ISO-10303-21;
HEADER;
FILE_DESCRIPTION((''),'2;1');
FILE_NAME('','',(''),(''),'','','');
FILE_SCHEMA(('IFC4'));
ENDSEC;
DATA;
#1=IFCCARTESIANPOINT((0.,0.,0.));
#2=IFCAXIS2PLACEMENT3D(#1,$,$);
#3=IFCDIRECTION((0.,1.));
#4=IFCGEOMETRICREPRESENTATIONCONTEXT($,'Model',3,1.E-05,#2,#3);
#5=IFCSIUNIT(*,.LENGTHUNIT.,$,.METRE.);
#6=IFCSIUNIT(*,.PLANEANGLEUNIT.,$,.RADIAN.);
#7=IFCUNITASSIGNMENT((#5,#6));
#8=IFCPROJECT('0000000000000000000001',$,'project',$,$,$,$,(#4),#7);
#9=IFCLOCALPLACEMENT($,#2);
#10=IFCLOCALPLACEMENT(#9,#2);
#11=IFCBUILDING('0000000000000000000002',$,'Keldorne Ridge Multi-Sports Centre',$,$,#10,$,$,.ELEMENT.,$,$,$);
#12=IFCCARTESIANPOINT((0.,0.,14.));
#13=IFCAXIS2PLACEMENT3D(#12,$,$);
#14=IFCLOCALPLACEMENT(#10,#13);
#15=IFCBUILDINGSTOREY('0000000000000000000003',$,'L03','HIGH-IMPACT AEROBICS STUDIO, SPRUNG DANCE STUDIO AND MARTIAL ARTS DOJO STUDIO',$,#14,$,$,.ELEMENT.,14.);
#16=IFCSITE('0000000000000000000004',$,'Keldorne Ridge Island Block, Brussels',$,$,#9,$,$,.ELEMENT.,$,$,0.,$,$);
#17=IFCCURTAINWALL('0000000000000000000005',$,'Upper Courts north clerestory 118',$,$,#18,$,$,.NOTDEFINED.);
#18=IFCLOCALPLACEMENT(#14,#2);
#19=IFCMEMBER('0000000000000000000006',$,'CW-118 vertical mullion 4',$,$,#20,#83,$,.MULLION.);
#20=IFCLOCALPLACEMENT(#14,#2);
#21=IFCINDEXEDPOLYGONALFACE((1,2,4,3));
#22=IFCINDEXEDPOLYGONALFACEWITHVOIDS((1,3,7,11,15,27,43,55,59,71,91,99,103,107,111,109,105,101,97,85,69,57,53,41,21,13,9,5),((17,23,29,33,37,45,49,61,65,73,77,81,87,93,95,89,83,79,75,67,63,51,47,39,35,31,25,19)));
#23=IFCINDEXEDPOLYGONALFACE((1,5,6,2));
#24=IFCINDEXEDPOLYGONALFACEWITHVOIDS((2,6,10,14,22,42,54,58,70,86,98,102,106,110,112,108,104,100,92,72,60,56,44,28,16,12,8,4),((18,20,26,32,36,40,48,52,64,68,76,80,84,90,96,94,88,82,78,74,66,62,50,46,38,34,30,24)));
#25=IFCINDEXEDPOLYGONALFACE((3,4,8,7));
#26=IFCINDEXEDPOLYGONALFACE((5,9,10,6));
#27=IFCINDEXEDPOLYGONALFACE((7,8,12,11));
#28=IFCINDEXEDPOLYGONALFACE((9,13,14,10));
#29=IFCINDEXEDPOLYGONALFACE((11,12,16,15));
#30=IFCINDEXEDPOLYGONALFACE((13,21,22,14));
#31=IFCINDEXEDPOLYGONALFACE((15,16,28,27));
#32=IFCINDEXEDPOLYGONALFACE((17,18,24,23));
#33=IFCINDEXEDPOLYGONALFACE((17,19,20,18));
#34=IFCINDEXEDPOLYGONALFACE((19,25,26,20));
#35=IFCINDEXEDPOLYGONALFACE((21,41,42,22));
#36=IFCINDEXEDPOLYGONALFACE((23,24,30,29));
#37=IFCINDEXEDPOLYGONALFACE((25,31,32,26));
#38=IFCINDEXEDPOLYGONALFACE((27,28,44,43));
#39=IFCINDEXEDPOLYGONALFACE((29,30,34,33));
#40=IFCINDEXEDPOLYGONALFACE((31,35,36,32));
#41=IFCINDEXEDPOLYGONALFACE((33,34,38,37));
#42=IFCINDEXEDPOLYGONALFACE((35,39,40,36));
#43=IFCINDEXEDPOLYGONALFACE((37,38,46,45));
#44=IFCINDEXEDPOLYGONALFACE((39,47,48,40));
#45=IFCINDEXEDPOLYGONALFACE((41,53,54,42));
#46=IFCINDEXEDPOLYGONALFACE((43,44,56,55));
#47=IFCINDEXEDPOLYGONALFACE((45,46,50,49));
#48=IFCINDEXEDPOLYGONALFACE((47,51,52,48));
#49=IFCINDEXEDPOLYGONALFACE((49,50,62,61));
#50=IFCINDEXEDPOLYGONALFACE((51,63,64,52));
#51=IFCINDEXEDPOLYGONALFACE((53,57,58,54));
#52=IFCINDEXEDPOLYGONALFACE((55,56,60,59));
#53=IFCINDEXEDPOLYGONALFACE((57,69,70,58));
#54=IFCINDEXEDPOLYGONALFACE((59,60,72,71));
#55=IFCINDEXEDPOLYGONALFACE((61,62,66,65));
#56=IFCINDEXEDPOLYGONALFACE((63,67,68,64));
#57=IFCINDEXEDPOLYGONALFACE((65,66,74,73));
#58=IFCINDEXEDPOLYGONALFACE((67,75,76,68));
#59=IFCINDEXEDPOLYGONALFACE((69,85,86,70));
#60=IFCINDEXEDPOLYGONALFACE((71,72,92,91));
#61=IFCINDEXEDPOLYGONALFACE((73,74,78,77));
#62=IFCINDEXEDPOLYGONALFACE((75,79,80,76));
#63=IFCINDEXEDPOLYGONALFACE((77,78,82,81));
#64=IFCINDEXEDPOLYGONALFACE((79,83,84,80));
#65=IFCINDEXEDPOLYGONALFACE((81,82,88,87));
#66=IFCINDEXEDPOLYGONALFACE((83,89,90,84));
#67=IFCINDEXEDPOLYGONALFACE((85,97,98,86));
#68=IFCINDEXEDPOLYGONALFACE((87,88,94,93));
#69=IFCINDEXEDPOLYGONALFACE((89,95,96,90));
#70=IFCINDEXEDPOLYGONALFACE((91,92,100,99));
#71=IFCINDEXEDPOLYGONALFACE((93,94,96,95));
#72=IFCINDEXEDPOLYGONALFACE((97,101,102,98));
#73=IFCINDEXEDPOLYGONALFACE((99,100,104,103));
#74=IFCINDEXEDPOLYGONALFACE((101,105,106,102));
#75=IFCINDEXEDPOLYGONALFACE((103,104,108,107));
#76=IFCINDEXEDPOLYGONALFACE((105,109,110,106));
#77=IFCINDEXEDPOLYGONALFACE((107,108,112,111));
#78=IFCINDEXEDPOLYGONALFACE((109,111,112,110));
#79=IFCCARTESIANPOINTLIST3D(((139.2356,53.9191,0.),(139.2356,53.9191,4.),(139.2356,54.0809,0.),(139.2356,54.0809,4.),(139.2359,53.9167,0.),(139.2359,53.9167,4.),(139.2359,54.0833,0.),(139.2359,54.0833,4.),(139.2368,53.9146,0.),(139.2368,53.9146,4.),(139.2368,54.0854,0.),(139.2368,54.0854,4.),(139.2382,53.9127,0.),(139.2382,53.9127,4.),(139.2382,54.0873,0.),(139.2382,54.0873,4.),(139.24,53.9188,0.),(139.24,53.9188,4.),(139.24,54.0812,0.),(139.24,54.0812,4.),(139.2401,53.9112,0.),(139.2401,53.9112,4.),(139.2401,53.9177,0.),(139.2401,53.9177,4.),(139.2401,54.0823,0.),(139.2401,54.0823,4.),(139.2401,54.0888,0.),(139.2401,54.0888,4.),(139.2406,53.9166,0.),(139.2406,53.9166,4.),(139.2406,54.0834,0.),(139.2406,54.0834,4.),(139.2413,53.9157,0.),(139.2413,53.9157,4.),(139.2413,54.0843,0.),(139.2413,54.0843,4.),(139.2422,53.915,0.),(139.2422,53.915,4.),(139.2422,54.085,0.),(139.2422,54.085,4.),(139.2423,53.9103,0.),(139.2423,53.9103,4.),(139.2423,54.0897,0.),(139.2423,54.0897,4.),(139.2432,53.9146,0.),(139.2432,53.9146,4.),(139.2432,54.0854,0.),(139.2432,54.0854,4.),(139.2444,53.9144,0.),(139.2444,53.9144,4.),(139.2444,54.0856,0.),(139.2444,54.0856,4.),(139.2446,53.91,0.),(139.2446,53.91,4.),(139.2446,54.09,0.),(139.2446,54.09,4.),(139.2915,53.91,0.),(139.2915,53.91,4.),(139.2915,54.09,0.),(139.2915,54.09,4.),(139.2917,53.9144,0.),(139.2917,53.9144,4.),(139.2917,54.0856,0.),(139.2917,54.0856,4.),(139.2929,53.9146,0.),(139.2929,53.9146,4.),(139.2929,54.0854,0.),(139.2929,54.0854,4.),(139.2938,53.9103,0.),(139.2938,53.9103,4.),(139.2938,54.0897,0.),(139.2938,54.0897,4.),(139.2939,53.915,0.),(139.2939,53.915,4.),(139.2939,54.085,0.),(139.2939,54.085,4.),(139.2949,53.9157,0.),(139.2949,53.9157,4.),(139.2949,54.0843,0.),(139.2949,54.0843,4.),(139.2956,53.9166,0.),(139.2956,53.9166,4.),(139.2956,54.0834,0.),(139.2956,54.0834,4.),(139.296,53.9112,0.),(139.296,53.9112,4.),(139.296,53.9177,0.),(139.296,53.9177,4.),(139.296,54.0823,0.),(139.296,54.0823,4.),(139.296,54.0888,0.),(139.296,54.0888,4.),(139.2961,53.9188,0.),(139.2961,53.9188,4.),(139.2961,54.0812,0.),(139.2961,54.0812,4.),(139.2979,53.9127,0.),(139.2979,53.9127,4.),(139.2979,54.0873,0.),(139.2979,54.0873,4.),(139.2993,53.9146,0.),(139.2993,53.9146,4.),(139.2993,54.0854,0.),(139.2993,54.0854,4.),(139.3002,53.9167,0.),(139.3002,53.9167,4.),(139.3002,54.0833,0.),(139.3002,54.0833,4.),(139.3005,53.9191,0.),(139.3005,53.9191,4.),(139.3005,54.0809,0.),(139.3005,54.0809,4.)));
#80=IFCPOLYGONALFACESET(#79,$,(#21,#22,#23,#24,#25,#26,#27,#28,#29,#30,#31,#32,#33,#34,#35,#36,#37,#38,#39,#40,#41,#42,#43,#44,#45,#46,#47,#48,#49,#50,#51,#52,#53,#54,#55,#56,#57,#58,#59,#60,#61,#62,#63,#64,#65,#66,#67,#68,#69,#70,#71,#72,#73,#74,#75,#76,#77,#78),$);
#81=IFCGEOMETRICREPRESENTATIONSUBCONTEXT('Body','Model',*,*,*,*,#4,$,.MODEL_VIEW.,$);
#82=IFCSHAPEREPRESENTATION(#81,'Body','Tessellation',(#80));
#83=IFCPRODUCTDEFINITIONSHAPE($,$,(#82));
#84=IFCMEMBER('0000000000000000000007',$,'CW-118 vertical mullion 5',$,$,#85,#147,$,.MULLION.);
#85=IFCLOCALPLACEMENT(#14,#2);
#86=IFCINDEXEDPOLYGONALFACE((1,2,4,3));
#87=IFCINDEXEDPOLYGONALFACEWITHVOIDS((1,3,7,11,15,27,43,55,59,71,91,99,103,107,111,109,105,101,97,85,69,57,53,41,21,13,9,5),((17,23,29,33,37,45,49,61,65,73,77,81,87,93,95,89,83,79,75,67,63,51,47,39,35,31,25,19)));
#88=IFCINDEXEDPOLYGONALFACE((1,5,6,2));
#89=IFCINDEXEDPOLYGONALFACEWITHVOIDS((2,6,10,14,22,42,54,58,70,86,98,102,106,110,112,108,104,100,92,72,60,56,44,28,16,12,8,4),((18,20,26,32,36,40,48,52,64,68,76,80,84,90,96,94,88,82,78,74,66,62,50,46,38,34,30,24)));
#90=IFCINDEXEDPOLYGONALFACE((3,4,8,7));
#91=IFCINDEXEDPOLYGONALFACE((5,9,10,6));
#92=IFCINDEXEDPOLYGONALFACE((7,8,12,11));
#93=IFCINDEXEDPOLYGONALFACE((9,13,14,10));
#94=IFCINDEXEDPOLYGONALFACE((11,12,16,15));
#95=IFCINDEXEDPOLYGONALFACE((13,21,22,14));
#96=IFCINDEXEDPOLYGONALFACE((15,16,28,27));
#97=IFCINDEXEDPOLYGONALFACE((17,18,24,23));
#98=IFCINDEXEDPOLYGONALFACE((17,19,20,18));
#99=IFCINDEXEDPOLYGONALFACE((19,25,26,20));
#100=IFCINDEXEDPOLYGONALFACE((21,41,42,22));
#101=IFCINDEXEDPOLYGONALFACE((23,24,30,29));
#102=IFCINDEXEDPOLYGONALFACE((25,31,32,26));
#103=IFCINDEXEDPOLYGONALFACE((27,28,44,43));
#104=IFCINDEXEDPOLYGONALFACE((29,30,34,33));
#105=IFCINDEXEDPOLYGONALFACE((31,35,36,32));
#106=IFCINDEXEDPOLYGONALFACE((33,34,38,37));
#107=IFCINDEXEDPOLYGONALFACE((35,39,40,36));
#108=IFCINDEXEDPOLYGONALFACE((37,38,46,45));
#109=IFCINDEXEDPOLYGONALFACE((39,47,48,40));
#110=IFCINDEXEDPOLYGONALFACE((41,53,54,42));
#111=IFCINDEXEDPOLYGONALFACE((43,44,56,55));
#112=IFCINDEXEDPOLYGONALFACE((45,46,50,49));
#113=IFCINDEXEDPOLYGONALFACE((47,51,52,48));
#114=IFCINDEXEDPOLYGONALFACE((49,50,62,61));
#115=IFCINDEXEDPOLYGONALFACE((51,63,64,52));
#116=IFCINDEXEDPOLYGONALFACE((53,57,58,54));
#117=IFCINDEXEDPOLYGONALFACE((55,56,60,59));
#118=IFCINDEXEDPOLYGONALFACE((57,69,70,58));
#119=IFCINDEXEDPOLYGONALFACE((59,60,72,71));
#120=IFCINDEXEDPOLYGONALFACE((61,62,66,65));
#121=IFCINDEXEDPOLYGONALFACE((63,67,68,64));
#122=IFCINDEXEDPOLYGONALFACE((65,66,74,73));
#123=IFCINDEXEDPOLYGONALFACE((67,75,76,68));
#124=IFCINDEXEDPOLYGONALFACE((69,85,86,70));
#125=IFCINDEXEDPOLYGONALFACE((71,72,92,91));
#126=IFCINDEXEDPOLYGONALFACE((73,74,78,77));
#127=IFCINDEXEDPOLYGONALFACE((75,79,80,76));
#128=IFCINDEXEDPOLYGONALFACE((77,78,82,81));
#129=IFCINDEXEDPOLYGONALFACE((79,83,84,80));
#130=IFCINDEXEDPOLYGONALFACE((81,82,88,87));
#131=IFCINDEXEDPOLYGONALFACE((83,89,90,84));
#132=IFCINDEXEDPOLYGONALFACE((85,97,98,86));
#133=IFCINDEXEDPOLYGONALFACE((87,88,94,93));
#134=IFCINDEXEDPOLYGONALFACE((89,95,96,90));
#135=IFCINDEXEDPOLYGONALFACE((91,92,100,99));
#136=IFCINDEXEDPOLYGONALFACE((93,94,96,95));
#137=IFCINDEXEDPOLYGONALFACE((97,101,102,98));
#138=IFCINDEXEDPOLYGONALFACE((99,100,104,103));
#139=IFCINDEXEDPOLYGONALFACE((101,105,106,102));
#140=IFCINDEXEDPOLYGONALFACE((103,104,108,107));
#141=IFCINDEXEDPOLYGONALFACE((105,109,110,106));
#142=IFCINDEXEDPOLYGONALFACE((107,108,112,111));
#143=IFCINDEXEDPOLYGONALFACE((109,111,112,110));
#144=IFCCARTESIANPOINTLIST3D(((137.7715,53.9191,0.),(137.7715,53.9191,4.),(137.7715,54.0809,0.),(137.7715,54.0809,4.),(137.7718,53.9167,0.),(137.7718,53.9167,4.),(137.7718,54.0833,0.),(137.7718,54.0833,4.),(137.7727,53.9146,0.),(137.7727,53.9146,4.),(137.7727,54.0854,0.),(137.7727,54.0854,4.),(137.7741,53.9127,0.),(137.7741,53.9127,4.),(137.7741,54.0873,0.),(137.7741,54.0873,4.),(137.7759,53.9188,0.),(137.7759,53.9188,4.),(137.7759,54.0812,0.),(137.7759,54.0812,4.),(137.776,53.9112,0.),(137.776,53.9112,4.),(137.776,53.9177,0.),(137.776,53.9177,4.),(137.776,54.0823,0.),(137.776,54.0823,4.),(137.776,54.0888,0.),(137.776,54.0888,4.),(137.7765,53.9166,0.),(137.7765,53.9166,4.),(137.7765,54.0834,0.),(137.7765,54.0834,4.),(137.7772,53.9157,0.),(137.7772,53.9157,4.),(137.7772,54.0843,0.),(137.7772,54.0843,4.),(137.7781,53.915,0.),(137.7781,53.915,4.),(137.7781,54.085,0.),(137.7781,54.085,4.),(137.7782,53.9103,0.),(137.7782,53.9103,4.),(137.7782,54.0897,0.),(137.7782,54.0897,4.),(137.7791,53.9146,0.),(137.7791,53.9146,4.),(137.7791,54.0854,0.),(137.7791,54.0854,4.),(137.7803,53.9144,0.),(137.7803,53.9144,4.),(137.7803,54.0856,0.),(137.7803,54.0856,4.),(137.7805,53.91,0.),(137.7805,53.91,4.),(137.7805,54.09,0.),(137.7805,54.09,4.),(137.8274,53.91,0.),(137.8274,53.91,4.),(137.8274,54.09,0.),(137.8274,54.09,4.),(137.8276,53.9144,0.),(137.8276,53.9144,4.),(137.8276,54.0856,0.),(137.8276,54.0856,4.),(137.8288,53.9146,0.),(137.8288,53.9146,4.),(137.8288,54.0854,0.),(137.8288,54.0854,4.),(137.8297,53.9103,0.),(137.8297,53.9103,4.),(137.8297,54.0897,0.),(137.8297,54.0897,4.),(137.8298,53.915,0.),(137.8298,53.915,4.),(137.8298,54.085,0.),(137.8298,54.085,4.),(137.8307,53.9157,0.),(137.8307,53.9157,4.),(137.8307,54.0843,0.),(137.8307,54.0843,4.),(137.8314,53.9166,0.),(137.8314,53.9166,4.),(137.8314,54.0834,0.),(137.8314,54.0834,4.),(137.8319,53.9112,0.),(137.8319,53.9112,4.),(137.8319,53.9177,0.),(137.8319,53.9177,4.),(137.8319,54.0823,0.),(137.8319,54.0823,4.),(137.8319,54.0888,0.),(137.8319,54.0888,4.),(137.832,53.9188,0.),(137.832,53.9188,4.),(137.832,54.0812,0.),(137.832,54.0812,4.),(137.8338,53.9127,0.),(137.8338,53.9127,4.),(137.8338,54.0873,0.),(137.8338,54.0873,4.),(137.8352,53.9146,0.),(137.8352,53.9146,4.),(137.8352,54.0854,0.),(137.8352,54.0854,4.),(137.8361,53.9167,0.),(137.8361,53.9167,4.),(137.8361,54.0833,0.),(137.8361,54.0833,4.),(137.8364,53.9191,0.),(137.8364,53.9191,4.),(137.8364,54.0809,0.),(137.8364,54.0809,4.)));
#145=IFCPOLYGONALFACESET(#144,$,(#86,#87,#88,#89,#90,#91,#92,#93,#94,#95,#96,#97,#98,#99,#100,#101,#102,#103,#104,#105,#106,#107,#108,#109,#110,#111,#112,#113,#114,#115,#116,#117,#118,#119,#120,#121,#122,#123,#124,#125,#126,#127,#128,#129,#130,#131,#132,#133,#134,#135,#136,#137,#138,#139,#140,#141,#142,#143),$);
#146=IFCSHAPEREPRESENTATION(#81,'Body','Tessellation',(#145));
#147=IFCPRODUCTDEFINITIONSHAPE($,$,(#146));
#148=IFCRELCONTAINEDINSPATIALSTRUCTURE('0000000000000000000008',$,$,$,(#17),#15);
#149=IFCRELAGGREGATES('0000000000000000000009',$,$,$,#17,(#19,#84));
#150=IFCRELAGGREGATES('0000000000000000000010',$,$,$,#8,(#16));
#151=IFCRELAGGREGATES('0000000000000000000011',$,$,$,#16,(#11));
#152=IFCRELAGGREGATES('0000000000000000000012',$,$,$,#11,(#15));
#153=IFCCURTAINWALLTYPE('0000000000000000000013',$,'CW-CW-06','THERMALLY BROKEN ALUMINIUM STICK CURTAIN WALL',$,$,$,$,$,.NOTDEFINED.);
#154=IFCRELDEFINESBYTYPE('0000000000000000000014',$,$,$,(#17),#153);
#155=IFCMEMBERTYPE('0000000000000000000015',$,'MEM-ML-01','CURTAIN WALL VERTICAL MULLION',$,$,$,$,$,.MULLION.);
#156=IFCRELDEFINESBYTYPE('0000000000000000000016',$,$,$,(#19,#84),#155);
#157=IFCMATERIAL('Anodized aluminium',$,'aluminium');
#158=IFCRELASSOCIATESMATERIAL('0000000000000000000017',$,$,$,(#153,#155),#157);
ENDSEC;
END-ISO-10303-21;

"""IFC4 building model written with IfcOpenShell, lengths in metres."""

from ifc_helpers import new_model, si_unit, direction, frame, origin, origin_2d, place, context, subcontext, project, spatial, hollow_rectangle, extrude, material, material_profile, profile_set, type_object, element, aggregate, save


model = new_model("IFC4")

# Units and contexts
model_context = context("Model", 3, precision=1e-05, world=origin(), true_north=direction((0.0, 1.0)))
body_context = subcontext(model_context, "Body", "Model", "MODEL_VIEW")
ifc_project = project(units=[si_unit("LENGTHUNIT", "METRE"), si_unit("PLANEANGLEUNIT", "RADIAN")], contexts=[model_context])

# Site, building, storey
site_placement = place(None, origin())
site = spatial("IfcSite", under=ifc_project, at=site_placement, Name="Keldorne Ridge Island Block, Brussels", CompositionType="ELEMENT", RefElevation=0.0)
building_placement = place(site_placement, origin())
building = spatial("IfcBuilding", under=site, at=building_placement, Name="Keldorne Ridge Multi-Sports Centre", CompositionType="ELEMENT")
storey_placement = place(building_placement, frame((0.0, 0.0, 14.0)))
storey = spatial("IfcBuildingStorey", under=building, at=storey_placement, Name="L03", Description="HIGH-IMPACT AEROBICS STUDIO, SPRUNG DANCE STUDIO AND MARTIAL ARTS DOJO STUDIO", CompositionType="ELEMENT", Elevation=14.0)

# Curtain wall, members
ifc_material_1 = material(Name="Anodized aluminium", Category="aluminium")
curtain_wall_type = type_object("IfcCurtainWallType", Name="CW-CW-06", Description="THERMALLY BROKEN ALUMINIUM STICK CURTAIN WALL", PredefinedType="NOTDEFINED", material=ifc_material_1)
curtain_wall_placement = place(storey_placement, origin())
curtain_wall = element("IfcCurtainWall", 1, at=curtain_wall_placement, inside=storey, type_object=curtain_wall_type, Name="Upper Courts north clerestory 118", PredefinedType="NOTDEFINED")
ifc_material_profile_1 = material_profile(ifc_material_1, hollow_rectangle(XDim=0.0649, YDim=0.1799, WallThickness=0.0044, InnerFilletRadius=0.0044, OuterFilletRadius=0.009, at=origin_2d()), Name="ALU MULLION 180x65x4.5")
ifc_profile_set_1 = profile_set([ifc_material_profile_1], Name="Anodized aluminium")
member_type_1 = type_object("IfcMemberType", Name="MEM-ML-01", Description="CURTAIN WALL VERTICAL MULLION", PredefinedType="MULLION", material=ifc_profile_set_1)
member_1_placement = place(storey_placement, frame((139.2681, 54.0, 0.0), z_axis=(0.0, 0.0, 1.0), x_axis=(1.0, 0.0, 0.0)))
member_1 = element("IfcMember", 2, at=member_1_placement, type_object=member_type_1, Name="CW-118 vertical mullion 4", PredefinedType="MULLION", context=body_context, shape_type="SweptSolid", body=[
    extrude(hollow_rectangle(XDim=0.0649, YDim=0.1799, WallThickness=0.0044, InnerFilletRadius=0.0044, OuterFilletRadius=0.009, at=origin_2d()), origin(), (0.0, 0.0, 1.0), 4.0),
])
member_2_placement = place(storey_placement, frame((137.804, 54.0, 0.0), z_axis=(0.0, 0.0, 1.0), x_axis=(1.0, 0.0, 0.0)))
member_2 = element("IfcMember", 3, at=member_2_placement, type_object=member_type_1, Name="CW-118 vertical mullion 5", PredefinedType="MULLION", context=body_context, shape_type="SweptSolid", body=[
    extrude(hollow_rectangle(XDim=0.0649, YDim=0.1799, WallThickness=0.0044, InnerFilletRadius=0.0044, OuterFilletRadius=0.009, at=origin_2d()), origin(), (0.0, 0.0, 1.0), 4.0),
])
aggregate(curtain_wall, [member_1, member_2])

save(model, "model.ifc")
